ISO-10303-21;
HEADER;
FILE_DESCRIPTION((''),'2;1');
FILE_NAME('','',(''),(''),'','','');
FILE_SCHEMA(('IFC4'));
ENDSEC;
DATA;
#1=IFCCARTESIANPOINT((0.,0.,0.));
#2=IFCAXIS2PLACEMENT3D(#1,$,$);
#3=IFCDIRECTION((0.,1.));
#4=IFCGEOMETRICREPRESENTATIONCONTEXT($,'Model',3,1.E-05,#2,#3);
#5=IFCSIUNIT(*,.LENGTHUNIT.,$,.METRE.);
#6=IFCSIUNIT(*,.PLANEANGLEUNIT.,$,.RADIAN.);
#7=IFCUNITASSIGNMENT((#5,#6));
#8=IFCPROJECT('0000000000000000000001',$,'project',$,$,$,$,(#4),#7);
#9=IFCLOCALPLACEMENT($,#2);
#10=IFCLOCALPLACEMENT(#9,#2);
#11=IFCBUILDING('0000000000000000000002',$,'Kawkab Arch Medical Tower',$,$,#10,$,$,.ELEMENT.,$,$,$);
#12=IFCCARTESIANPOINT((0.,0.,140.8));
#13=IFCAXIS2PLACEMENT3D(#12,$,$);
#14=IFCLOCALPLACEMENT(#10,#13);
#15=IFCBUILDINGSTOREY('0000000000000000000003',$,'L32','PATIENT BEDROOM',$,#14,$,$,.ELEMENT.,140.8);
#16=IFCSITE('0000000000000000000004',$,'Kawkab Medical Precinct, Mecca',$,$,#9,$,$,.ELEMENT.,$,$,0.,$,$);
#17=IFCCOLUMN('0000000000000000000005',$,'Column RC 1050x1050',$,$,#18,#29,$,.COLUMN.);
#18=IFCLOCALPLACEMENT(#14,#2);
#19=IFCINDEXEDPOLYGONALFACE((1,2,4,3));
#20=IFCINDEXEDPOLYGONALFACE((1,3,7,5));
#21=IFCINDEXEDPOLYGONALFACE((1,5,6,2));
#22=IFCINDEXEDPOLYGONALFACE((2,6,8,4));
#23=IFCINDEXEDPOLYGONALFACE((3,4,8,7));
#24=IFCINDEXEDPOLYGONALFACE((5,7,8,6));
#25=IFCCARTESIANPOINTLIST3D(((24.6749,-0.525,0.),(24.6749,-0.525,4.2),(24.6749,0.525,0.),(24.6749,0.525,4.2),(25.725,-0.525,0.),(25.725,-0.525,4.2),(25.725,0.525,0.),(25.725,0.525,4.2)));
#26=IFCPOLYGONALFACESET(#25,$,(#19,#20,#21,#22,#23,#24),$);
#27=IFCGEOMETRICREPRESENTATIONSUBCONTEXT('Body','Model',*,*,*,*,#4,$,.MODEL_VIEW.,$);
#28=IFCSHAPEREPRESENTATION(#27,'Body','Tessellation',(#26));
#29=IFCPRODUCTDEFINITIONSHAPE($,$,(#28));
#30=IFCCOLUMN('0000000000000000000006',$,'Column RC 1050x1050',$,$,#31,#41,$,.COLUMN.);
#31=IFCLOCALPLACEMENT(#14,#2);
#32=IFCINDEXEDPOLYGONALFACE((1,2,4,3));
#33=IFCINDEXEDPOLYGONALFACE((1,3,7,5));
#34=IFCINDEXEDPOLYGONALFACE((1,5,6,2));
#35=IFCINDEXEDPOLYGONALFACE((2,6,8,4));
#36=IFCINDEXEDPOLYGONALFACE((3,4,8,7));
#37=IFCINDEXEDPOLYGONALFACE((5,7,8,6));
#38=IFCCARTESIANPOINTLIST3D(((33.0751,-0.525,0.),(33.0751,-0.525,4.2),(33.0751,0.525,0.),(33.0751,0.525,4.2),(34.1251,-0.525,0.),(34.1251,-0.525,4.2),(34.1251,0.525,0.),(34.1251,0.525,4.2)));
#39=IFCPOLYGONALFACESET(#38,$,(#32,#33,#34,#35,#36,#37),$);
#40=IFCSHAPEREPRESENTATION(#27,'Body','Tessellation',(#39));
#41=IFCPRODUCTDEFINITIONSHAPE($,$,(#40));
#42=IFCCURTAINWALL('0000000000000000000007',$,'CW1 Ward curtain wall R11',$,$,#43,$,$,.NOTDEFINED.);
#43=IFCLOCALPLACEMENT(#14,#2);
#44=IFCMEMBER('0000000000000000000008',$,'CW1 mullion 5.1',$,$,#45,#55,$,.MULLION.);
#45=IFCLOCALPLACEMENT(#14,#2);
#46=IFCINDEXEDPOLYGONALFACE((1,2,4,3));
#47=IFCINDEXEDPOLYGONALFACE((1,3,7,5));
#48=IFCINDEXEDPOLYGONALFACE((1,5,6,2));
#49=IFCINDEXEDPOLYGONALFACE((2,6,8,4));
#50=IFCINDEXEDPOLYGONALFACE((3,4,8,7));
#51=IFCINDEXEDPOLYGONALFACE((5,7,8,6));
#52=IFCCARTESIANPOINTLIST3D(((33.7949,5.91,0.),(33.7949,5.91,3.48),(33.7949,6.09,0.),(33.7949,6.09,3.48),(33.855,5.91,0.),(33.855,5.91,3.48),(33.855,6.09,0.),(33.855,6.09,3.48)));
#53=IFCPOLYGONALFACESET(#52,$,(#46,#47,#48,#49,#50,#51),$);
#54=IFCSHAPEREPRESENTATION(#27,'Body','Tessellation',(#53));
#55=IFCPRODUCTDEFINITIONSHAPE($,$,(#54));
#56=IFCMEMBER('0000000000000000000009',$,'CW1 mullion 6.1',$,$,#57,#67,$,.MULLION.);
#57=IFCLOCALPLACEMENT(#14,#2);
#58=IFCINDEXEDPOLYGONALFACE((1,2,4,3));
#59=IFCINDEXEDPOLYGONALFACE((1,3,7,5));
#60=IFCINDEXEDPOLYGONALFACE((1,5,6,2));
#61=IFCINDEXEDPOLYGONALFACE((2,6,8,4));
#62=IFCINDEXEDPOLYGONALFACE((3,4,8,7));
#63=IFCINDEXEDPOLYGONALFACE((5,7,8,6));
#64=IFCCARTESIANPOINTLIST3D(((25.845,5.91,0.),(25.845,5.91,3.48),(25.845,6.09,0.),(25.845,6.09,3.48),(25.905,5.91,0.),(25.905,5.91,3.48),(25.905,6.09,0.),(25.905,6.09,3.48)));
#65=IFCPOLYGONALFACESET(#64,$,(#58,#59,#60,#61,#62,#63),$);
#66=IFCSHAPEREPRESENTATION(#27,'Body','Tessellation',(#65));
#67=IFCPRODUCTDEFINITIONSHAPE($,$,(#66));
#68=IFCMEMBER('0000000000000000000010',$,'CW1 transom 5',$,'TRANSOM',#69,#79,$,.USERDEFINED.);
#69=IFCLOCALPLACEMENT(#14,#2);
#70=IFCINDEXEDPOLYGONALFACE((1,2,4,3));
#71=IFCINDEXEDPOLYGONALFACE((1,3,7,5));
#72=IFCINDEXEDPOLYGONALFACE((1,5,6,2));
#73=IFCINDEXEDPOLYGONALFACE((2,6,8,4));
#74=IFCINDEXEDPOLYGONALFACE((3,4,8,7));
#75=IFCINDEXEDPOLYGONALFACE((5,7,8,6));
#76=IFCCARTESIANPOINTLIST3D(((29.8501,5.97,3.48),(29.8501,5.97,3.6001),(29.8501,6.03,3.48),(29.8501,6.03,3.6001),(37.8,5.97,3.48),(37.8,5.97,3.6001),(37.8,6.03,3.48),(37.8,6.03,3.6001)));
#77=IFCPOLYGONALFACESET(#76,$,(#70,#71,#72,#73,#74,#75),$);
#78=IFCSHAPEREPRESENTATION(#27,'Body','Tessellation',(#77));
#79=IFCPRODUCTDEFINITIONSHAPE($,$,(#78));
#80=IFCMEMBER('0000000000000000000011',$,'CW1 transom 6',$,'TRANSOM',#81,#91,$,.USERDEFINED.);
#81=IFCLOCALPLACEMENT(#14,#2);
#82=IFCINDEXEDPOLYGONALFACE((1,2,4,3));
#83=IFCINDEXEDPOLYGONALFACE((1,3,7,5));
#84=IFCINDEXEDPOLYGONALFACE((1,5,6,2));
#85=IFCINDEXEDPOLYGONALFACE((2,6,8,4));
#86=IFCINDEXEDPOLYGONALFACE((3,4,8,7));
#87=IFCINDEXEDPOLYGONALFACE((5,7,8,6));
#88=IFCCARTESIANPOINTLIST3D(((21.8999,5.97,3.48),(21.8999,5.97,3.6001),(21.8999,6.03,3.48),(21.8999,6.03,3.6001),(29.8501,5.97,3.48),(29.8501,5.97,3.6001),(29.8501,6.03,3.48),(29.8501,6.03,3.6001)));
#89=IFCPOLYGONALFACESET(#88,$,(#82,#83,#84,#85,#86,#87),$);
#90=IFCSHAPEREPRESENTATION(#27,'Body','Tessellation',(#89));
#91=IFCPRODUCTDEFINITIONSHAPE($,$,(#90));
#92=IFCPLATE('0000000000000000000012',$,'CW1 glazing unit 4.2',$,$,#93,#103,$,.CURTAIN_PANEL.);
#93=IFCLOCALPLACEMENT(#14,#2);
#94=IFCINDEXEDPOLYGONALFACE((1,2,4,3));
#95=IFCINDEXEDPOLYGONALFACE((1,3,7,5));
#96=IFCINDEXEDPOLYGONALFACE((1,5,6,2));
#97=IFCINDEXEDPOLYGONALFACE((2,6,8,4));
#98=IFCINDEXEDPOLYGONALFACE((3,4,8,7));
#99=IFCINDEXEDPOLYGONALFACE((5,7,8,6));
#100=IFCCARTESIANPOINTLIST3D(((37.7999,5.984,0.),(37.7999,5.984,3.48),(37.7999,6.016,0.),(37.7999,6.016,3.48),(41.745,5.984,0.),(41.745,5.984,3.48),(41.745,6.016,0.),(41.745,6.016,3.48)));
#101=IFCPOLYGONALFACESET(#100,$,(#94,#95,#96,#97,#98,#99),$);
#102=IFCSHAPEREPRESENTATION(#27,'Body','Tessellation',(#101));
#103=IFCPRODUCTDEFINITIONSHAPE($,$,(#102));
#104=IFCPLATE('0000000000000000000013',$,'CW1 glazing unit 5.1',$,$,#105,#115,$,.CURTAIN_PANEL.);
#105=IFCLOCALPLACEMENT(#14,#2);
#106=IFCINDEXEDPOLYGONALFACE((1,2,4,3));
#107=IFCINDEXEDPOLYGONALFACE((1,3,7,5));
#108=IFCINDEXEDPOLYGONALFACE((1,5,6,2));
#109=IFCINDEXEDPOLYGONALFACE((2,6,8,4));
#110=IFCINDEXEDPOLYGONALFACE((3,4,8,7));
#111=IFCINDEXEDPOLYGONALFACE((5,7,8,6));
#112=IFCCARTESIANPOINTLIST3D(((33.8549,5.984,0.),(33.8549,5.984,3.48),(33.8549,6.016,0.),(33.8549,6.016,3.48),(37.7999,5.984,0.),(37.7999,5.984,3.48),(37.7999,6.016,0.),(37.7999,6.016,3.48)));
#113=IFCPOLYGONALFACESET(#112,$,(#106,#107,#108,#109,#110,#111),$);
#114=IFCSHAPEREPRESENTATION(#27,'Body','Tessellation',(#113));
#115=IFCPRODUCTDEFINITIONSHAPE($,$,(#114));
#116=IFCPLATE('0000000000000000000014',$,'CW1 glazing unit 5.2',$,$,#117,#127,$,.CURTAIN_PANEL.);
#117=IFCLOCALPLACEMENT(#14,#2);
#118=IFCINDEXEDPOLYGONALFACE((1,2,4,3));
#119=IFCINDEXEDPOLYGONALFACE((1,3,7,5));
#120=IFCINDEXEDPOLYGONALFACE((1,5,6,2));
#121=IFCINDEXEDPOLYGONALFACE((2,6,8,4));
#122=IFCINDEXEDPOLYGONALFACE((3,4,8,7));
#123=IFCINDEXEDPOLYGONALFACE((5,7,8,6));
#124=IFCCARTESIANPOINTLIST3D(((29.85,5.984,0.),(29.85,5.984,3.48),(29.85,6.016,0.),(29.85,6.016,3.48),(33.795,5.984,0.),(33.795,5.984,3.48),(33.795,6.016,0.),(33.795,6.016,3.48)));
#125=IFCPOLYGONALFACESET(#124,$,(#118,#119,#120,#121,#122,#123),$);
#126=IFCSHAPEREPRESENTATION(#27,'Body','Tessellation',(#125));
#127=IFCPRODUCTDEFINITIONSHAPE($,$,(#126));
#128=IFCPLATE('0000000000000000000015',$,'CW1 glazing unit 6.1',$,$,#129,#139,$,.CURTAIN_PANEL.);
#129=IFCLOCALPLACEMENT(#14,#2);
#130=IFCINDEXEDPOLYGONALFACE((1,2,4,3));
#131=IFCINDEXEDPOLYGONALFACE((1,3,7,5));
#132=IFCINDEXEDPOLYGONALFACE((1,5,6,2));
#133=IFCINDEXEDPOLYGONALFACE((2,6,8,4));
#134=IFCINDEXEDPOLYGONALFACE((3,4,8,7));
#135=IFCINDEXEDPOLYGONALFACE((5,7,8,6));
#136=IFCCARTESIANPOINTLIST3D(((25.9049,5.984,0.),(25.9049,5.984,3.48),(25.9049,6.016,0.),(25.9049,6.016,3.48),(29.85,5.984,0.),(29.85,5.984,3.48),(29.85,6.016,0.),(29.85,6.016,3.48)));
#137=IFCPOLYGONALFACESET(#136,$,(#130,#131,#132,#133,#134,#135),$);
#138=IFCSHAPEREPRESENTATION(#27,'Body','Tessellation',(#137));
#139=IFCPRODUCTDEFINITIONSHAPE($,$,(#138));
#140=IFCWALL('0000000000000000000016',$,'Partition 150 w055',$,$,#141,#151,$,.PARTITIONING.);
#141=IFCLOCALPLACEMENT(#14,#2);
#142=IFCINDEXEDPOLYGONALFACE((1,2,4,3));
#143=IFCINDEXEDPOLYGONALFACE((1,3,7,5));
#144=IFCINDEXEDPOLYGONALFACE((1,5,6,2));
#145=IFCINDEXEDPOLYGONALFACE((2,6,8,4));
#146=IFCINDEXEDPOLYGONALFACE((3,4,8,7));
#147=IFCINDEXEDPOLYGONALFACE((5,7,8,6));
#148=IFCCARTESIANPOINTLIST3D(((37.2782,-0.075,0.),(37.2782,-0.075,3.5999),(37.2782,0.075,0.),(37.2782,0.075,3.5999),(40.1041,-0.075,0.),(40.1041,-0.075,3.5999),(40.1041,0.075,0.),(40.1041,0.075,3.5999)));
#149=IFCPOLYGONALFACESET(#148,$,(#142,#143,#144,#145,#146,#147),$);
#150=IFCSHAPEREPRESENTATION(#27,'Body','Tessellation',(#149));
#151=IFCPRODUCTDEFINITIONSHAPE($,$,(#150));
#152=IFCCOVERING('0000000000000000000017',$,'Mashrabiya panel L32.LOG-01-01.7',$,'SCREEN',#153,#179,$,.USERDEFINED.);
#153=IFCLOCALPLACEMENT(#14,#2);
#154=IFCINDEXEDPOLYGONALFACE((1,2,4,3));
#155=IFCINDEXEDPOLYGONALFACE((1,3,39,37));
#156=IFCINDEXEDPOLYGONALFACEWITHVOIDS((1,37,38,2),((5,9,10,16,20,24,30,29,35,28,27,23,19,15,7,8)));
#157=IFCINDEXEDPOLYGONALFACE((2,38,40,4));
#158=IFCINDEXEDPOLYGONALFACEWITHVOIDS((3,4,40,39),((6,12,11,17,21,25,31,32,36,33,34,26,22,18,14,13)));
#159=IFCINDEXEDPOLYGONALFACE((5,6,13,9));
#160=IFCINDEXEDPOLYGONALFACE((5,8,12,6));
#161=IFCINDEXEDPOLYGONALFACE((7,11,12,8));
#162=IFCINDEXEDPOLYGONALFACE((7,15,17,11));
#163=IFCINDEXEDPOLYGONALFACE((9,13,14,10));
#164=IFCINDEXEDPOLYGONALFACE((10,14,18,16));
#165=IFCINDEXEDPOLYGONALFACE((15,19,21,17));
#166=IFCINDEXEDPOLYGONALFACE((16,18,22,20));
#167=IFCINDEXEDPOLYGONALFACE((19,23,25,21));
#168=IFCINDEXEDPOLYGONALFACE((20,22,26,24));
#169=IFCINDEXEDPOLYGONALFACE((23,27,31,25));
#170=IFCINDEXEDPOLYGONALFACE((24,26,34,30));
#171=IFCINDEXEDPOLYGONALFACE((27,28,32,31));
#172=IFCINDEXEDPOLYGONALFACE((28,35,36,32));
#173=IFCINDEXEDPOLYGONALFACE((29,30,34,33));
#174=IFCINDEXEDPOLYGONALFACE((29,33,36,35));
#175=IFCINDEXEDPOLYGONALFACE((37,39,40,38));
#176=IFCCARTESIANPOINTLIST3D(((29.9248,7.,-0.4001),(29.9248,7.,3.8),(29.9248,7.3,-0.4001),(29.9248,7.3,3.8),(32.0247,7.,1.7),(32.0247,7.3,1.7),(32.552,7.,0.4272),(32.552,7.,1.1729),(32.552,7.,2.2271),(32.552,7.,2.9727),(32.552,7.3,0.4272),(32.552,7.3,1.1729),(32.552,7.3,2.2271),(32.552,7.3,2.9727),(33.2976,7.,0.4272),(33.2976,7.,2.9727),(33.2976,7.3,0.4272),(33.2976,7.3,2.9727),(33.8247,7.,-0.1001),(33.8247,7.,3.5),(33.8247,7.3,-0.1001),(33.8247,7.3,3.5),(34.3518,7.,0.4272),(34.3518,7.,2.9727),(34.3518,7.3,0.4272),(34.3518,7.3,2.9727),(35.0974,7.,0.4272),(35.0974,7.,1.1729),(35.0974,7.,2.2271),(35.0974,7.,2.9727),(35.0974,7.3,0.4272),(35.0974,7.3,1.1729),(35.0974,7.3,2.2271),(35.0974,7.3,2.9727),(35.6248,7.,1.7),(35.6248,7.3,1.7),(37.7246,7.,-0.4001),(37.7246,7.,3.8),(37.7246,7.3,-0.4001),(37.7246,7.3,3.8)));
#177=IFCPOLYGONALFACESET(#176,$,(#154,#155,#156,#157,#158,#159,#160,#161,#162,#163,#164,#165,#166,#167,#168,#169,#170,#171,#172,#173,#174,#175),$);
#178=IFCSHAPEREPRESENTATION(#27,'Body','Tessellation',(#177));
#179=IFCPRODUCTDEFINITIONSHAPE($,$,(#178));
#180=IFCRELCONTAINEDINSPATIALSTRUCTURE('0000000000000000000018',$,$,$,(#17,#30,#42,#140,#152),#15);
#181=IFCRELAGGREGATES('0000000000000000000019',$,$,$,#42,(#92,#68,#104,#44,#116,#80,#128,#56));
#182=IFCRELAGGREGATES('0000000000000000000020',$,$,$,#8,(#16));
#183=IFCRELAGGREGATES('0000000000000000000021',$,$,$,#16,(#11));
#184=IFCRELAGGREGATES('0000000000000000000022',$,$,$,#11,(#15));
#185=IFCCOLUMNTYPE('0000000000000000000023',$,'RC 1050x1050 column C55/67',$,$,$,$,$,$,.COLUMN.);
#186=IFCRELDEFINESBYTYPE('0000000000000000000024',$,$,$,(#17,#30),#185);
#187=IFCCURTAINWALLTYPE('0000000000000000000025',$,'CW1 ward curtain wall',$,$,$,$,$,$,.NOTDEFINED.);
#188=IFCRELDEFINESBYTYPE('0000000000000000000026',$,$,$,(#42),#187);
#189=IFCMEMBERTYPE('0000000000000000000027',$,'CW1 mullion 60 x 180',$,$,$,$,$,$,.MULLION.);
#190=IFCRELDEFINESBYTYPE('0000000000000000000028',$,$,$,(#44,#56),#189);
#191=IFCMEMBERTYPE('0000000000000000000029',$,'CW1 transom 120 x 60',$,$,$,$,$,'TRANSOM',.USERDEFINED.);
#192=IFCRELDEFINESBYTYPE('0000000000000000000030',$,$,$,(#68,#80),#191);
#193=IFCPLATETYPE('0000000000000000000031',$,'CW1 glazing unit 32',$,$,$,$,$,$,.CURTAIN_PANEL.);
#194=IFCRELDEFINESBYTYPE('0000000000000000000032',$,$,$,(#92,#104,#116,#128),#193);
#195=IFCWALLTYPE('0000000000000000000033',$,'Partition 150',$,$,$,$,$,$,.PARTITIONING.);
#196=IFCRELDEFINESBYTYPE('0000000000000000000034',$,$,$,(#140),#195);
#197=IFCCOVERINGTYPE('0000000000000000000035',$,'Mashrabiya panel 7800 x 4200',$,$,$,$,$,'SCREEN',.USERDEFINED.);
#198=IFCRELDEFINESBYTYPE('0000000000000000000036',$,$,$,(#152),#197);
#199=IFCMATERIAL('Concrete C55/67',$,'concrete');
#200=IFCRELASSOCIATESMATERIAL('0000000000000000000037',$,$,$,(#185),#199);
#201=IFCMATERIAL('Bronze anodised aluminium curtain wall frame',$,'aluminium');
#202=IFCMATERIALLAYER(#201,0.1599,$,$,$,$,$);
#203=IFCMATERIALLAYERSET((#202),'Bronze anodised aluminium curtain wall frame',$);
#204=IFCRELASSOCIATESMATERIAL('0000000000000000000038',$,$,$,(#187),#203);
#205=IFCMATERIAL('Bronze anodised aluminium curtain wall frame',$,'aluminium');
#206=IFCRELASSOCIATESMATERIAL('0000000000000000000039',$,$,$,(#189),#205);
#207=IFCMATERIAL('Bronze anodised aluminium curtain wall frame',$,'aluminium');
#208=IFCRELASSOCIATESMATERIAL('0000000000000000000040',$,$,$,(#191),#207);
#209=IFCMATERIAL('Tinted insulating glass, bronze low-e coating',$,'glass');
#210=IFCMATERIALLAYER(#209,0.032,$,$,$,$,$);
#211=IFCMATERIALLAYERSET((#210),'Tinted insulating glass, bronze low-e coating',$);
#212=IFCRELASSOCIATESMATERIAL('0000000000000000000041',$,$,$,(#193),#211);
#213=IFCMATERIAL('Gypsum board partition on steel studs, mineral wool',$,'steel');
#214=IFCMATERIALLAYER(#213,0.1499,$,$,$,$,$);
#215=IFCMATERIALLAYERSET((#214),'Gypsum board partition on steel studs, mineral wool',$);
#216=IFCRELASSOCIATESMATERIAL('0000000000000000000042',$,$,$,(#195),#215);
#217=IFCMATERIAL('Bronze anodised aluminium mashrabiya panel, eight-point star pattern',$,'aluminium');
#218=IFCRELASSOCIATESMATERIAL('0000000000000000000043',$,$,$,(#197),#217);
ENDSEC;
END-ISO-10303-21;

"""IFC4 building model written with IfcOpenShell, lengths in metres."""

from ifc_helpers import new_model, si_unit, direction, frame, frame_2d, origin, origin_2d, place, context, subcontext, project, spatial, polyline, rectangle, outline, extrude, material, layer, layer_set, material_profile, profile_set, type_object, element, aggregate, save


model = new_model("IFC4")

# Units and contexts
model_context = context("Model", 3, precision=1e-05, world=origin(), true_north=direction((0.0, 1.0)))
body_context = subcontext(model_context, "Body", "Model", "MODEL_VIEW")
ifc_project = project(units=[si_unit("LENGTHUNIT", "METRE"), si_unit("PLANEANGLEUNIT", "RADIAN")], contexts=[model_context])

# Site, building, storey
site_placement = place(None, origin())
site = spatial("IfcSite", under=ifc_project, at=site_placement, Name="Kawkab Medical Precinct, Mecca", CompositionType="ELEMENT", RefElevation=0.0)
building_placement = place(site_placement, origin())
building = spatial("IfcBuilding", under=site, at=building_placement, Name="Kawkab Arch Medical Tower", CompositionType="ELEMENT")
storey_placement = place(building_placement, frame((0.0, 0.0, 140.8)))
storey = spatial("IfcBuildingStorey", under=building, at=storey_placement, Name="L32", Description="PATIENT BEDROOM", CompositionType="ELEMENT", Elevation=140.8)

# Columns
ifc_material_1 = material(Name="Concrete C55/67", Category="concrete")
ifc_material_profile_1 = material_profile(ifc_material_1, rectangle(XDim=1.05, YDim=1.05, at=origin_2d()), Name="RC 1050x1050")
ifc_profile_set_1 = profile_set([ifc_material_profile_1], Name="Concrete C55/67")
column_type = type_object("IfcColumnType", Name="RC 1050x1050 column C55/67", PredefinedType="COLUMN", material=ifc_profile_set_1)
for number, where, z_axis, x_axis, name in (
    (1, (25.2, 0.0, 0.0), (0.0, 0.0, 1.0), (1.0, 0.0, 0.0), "Column RC 1050x1050"),
    (2, (33.6001, 0.0, 0.0), (0.0, 0.0, 1.0), (1.0, 0.0, 0.0), "Column RC 1050x1050"),
):
    element("IfcColumn", number, at=place(storey_placement, frame(where, z_axis=z_axis, x_axis=x_axis)), inside=storey, type_object=column_type, Name=name, PredefinedType="COLUMN", context=body_context, shape_type="SweptSolid", body=[
        extrude(rectangle(XDim=1.05, YDim=1.05, at=origin_2d()), origin(), (0.0, 0.0, 1.0), 4.2),
    ])

# Curtain wall, members, plates
ifc_material_2 = material(Name="Bronze anodised aluminium curtain wall frame", Category="aluminium")
ifc_layer_1 = layer(ifc_material_2, 0.1599)
ifc_layer_set_1 = layer_set([ifc_layer_1], Name="Bronze anodised aluminium curtain wall frame")
curtain_wall_type = type_object("IfcCurtainWallType", Name="CW1 ward curtain wall", PredefinedType="NOTDEFINED", material=ifc_layer_set_1)
curtain_wall_placement = place(storey_placement, origin())
curtain_wall = element("IfcCurtainWall", 3, at=curtain_wall_placement, inside=storey, type_object=curtain_wall_type, Name="CW1 Ward curtain wall R11", PredefinedType="NOTDEFINED")
ifc_material_3 = material(Name="Bronze anodised aluminium curtain wall frame", Category="aluminium")
ifc_material_profile_2 = material_profile(ifc_material_3, rectangle(XDim=0.1799, YDim=0.0601, at=origin_2d()), Name="AL 60x180")
ifc_profile_set_2 = profile_set([ifc_material_profile_2], Name="Bronze anodised aluminium curtain wall frame")
member_type_1 = type_object("IfcMemberType", Name="CW1 mullion 60 x 180", PredefinedType="MULLION", material=ifc_profile_set_2)
member_1_placement = place(storey_placement, frame((33.825, 6.0, 0.0), z_axis=(0.0, 0.0, 1.0), x_axis=(0.0, -1.0, 0.0)))
member_1 = element("IfcMember", 4, at=member_1_placement, type_object=member_type_1, Name="CW1 mullion 5.1", PredefinedType="MULLION", context=body_context, shape_type="SweptSolid", body=[
    extrude(rectangle(XDim=0.1799, YDim=0.0601, at=origin_2d()), origin(), (0.0, 0.0, 1.0), 3.48),
])
member_2_placement = place(storey_placement, frame((25.875, 6.0, 0.0), z_axis=(0.0, 0.0, 1.0), x_axis=(0.0, -1.0, 0.0)))
member_2 = element("IfcMember", 5, at=member_2_placement, type_object=member_type_1, Name="CW1 mullion 6.1", PredefinedType="MULLION", context=body_context, shape_type="SweptSolid", body=[
    extrude(rectangle(XDim=0.1799, YDim=0.0601, at=origin_2d()), origin(), (0.0, 0.0, 1.0), 3.48),
])
ifc_material_4 = material(Name="Bronze anodised aluminium curtain wall frame", Category="aluminium")
ifc_material_profile_3 = material_profile(ifc_material_4, rectangle(XDim=0.0601, YDim=0.1201, at=origin_2d()), Name="AL 60x120")
ifc_profile_set_3 = profile_set([ifc_material_profile_3], Name="Bronze anodised aluminium curtain wall frame")
member_type_2 = type_object("IfcMemberType", Name="CW1 transom 120 x 60", ElementType="TRANSOM", PredefinedType="USERDEFINED", material=ifc_profile_set_3)
member_3_placement = place(storey_placement, frame((37.8, 6.0, 3.54), z_axis=(-1.0, 0.0, 0.0), x_axis=(0.0, -1.0, 0.0)))
member_3 = element("IfcMember", 6, at=member_3_placement, type_object=member_type_2, Name="CW1 transom 5", ObjectType="TRANSOM", PredefinedType="USERDEFINED", context=body_context, shape_type="SweptSolid", body=[
    extrude(rectangle(XDim=0.0601, YDim=0.1201, at=origin_2d()), origin(), (0.0, 0.0, 1.0), 7.95),
])
member_4_placement = place(storey_placement, frame((29.8501, 6.0, 3.54), z_axis=(-1.0, 0.0, 0.0), x_axis=(0.0, -1.0, 0.0)))
member_4 = element("IfcMember", 7, at=member_4_placement, type_object=member_type_2, Name="CW1 transom 6", ObjectType="TRANSOM", PredefinedType="USERDEFINED", context=body_context, shape_type="SweptSolid", body=[
    extrude(rectangle(XDim=0.0601, YDim=0.1201, at=origin_2d()), origin(), (0.0, 0.0, 1.0), 7.9502),
])
ifc_material_5 = material(Name="Tinted insulating glass, bronze low-e coating", Category="glass")
ifc_layer_2 = layer(ifc_material_5, 0.032)
ifc_layer_set_2 = layer_set([ifc_layer_2], Name="Tinted insulating glass, bronze low-e coating")
plate_type = type_object("IfcPlateType", Name="CW1 glazing unit 32", PredefinedType="CURTAIN_PANEL", material=ifc_layer_set_2)
plate_1_placement = place(storey_placement, frame((39.7725, 6.0, 0.0), z_axis=(0.0, 0.0, 1.0), x_axis=(-1.0, 0.0, 0.0)))
plate_1 = element("IfcPlate", 8, at=plate_1_placement, type_object=plate_type, Name="CW1 glazing unit 4.2", PredefinedType="CURTAIN_PANEL", context=body_context, shape_type="SweptSolid", body=[
    extrude(rectangle(XDim=3.9451, YDim=0.032, at=origin_2d()), origin(), (0.0, 0.0, 1.0), 3.48),
])
plate_2_placement = place(storey_placement, frame((35.8274, 6.0, 0.0), z_axis=(0.0, 0.0, 1.0), x_axis=(-1.0, 0.0, 0.0)))
plate_2 = element("IfcPlate", 9, at=plate_2_placement, type_object=plate_type, Name="CW1 glazing unit 5.1", PredefinedType="CURTAIN_PANEL", context=body_context, shape_type="SweptSolid", body=[
    extrude(rectangle(XDim=3.9451, YDim=0.032, at=origin_2d()), origin(), (0.0, 0.0, 1.0), 3.48),
])
plate_3_placement = place(storey_placement, frame((31.8225, 6.0, 0.0), z_axis=(0.0, 0.0, 1.0), x_axis=(-1.0, 0.0, 0.0)))
plate_3 = element("IfcPlate", 10, at=plate_3_placement, type_object=plate_type, Name="CW1 glazing unit 5.2", PredefinedType="CURTAIN_PANEL", context=body_context, shape_type="SweptSolid", body=[
    extrude(rectangle(XDim=3.9451, YDim=0.032, at=origin_2d()), origin(), (0.0, 0.0, 1.0), 3.48),
])
plate_4_placement = place(storey_placement, frame((27.8774, 6.0, 0.0), z_axis=(0.0, 0.0, 1.0), x_axis=(-1.0, 0.0, 0.0)))
plate_4 = element("IfcPlate", 11, at=plate_4_placement, type_object=plate_type, Name="CW1 glazing unit 6.1", PredefinedType="CURTAIN_PANEL", context=body_context, shape_type="SweptSolid", body=[
    extrude(rectangle(XDim=3.9451, YDim=0.032, at=origin_2d()), origin(), (0.0, 0.0, 1.0), 3.48),
])
aggregate(curtain_wall, [plate_1, member_3, plate_2, member_1, plate_3, member_4, plate_4, member_2])

# Wall
ifc_material_6 = material(Name="Gypsum board partition on steel studs, mineral wool", Category="steel")
ifc_layer_3 = layer(ifc_material_6, 0.1499)
ifc_layer_set_3 = layer_set([ifc_layer_3], Name="Gypsum board partition on steel studs, mineral wool")
wall_type = type_object("IfcWallType", Name="Partition 150", PredefinedType="PARTITIONING", material=ifc_layer_set_3)
wall_placement = place(storey_placement, frame((37.2781, 0.0, 0.0), z_axis=(0.0, 0.0, 1.0), x_axis=(1.0, 0.0, 0.0)))
element("IfcWall", 12, at=wall_placement, inside=storey, type_object=wall_type, Name="Partition 150 w055", PredefinedType="PARTITIONING", context=body_context, shape_type="SweptSolid", body=[
    extrude(rectangle(XDim=2.8259, YDim=0.1499, at=frame_2d((1.4131, 0.0))), origin(), (0.0, 0.0, 1.0), 3.5999),
])

# Covering
ifc_material_7 = material(Name="Bronze anodised aluminium mashrabiya panel, eight-point star pattern", Category="aluminium")
ifc_material_profile_4 = material_profile(ifc_material_7, outline(polyline([(-3.8999, -2.1001), (3.8999, -2.1001), (3.8999, 2.1001), (-3.8999, 2.1001), (-3.8999, -2.1001)]), holes=[polyline([(1.8, 0.0), (1.2727, 0.5271), (1.2727, 1.2727), (0.5271, 1.2727), (0.0, 1.8), (-0.5271, 1.2727), (-1.2727, 1.2727), (-1.2727, 0.5271), (-1.8, 0.0), (-1.2727, -0.5271), (-1.2727, -1.2727), (-0.5271, -1.2727), (0.0, -1.8), (0.5271, -1.2727), (1.2727, -1.2727), (1.2727, -0.5271), (1.8, 0.0)])]), Name="Mashrabiya panel 7800x4200")
ifc_profile_set_4 = profile_set([ifc_material_profile_4], Name="Bronze anodised aluminium mashrabiya panel, eight-point star pattern")
covering_type_1 = type_object("IfcCoveringType", Name="Mashrabiya panel 7800 x 4200", ElementType="SCREEN", PredefinedType="USERDEFINED", material=ifc_profile_set_4)
covering_placement = place(storey_placement, frame((33.8247, 7.0, 1.7), z_axis=(0.0, 1.0, 0.0), x_axis=(-1.0, 0.0, 0.0)))
element("IfcCovering", 13, at=covering_placement, inside=storey, type_object=covering_type_1, Name="Mashrabiya panel L32.LOG-01-01.7", ObjectType="SCREEN", PredefinedType="USERDEFINED", context=body_context, shape_type="SweptSolid", body=[
    extrude(outline(polyline([(-3.8999, -2.1001), (3.8999, -2.1001), (3.8999, 2.1001), (-3.8999, 2.1001), (-3.8999, -2.1001)]), holes=[polyline([(1.8, 0.0), (1.2727, 0.5271), (1.2727, 1.2727), (0.5271, 1.2727), (0.0, 1.8), (-0.5271, 1.2727), (-1.2727, 1.2727), (-1.2727, 0.5271), (-1.8, 0.0), (-1.2727, -0.5271), (-1.2727, -1.2727), (-0.5271, -1.2727), (0.0, -1.8), (0.5271, -1.2727), (1.2727, -1.2727), (1.2727, -0.5271), (1.8, 0.0)])]), origin(), (0.0, 0.0, 1.0), 0.3),
])

save(model, "model.ifc")
